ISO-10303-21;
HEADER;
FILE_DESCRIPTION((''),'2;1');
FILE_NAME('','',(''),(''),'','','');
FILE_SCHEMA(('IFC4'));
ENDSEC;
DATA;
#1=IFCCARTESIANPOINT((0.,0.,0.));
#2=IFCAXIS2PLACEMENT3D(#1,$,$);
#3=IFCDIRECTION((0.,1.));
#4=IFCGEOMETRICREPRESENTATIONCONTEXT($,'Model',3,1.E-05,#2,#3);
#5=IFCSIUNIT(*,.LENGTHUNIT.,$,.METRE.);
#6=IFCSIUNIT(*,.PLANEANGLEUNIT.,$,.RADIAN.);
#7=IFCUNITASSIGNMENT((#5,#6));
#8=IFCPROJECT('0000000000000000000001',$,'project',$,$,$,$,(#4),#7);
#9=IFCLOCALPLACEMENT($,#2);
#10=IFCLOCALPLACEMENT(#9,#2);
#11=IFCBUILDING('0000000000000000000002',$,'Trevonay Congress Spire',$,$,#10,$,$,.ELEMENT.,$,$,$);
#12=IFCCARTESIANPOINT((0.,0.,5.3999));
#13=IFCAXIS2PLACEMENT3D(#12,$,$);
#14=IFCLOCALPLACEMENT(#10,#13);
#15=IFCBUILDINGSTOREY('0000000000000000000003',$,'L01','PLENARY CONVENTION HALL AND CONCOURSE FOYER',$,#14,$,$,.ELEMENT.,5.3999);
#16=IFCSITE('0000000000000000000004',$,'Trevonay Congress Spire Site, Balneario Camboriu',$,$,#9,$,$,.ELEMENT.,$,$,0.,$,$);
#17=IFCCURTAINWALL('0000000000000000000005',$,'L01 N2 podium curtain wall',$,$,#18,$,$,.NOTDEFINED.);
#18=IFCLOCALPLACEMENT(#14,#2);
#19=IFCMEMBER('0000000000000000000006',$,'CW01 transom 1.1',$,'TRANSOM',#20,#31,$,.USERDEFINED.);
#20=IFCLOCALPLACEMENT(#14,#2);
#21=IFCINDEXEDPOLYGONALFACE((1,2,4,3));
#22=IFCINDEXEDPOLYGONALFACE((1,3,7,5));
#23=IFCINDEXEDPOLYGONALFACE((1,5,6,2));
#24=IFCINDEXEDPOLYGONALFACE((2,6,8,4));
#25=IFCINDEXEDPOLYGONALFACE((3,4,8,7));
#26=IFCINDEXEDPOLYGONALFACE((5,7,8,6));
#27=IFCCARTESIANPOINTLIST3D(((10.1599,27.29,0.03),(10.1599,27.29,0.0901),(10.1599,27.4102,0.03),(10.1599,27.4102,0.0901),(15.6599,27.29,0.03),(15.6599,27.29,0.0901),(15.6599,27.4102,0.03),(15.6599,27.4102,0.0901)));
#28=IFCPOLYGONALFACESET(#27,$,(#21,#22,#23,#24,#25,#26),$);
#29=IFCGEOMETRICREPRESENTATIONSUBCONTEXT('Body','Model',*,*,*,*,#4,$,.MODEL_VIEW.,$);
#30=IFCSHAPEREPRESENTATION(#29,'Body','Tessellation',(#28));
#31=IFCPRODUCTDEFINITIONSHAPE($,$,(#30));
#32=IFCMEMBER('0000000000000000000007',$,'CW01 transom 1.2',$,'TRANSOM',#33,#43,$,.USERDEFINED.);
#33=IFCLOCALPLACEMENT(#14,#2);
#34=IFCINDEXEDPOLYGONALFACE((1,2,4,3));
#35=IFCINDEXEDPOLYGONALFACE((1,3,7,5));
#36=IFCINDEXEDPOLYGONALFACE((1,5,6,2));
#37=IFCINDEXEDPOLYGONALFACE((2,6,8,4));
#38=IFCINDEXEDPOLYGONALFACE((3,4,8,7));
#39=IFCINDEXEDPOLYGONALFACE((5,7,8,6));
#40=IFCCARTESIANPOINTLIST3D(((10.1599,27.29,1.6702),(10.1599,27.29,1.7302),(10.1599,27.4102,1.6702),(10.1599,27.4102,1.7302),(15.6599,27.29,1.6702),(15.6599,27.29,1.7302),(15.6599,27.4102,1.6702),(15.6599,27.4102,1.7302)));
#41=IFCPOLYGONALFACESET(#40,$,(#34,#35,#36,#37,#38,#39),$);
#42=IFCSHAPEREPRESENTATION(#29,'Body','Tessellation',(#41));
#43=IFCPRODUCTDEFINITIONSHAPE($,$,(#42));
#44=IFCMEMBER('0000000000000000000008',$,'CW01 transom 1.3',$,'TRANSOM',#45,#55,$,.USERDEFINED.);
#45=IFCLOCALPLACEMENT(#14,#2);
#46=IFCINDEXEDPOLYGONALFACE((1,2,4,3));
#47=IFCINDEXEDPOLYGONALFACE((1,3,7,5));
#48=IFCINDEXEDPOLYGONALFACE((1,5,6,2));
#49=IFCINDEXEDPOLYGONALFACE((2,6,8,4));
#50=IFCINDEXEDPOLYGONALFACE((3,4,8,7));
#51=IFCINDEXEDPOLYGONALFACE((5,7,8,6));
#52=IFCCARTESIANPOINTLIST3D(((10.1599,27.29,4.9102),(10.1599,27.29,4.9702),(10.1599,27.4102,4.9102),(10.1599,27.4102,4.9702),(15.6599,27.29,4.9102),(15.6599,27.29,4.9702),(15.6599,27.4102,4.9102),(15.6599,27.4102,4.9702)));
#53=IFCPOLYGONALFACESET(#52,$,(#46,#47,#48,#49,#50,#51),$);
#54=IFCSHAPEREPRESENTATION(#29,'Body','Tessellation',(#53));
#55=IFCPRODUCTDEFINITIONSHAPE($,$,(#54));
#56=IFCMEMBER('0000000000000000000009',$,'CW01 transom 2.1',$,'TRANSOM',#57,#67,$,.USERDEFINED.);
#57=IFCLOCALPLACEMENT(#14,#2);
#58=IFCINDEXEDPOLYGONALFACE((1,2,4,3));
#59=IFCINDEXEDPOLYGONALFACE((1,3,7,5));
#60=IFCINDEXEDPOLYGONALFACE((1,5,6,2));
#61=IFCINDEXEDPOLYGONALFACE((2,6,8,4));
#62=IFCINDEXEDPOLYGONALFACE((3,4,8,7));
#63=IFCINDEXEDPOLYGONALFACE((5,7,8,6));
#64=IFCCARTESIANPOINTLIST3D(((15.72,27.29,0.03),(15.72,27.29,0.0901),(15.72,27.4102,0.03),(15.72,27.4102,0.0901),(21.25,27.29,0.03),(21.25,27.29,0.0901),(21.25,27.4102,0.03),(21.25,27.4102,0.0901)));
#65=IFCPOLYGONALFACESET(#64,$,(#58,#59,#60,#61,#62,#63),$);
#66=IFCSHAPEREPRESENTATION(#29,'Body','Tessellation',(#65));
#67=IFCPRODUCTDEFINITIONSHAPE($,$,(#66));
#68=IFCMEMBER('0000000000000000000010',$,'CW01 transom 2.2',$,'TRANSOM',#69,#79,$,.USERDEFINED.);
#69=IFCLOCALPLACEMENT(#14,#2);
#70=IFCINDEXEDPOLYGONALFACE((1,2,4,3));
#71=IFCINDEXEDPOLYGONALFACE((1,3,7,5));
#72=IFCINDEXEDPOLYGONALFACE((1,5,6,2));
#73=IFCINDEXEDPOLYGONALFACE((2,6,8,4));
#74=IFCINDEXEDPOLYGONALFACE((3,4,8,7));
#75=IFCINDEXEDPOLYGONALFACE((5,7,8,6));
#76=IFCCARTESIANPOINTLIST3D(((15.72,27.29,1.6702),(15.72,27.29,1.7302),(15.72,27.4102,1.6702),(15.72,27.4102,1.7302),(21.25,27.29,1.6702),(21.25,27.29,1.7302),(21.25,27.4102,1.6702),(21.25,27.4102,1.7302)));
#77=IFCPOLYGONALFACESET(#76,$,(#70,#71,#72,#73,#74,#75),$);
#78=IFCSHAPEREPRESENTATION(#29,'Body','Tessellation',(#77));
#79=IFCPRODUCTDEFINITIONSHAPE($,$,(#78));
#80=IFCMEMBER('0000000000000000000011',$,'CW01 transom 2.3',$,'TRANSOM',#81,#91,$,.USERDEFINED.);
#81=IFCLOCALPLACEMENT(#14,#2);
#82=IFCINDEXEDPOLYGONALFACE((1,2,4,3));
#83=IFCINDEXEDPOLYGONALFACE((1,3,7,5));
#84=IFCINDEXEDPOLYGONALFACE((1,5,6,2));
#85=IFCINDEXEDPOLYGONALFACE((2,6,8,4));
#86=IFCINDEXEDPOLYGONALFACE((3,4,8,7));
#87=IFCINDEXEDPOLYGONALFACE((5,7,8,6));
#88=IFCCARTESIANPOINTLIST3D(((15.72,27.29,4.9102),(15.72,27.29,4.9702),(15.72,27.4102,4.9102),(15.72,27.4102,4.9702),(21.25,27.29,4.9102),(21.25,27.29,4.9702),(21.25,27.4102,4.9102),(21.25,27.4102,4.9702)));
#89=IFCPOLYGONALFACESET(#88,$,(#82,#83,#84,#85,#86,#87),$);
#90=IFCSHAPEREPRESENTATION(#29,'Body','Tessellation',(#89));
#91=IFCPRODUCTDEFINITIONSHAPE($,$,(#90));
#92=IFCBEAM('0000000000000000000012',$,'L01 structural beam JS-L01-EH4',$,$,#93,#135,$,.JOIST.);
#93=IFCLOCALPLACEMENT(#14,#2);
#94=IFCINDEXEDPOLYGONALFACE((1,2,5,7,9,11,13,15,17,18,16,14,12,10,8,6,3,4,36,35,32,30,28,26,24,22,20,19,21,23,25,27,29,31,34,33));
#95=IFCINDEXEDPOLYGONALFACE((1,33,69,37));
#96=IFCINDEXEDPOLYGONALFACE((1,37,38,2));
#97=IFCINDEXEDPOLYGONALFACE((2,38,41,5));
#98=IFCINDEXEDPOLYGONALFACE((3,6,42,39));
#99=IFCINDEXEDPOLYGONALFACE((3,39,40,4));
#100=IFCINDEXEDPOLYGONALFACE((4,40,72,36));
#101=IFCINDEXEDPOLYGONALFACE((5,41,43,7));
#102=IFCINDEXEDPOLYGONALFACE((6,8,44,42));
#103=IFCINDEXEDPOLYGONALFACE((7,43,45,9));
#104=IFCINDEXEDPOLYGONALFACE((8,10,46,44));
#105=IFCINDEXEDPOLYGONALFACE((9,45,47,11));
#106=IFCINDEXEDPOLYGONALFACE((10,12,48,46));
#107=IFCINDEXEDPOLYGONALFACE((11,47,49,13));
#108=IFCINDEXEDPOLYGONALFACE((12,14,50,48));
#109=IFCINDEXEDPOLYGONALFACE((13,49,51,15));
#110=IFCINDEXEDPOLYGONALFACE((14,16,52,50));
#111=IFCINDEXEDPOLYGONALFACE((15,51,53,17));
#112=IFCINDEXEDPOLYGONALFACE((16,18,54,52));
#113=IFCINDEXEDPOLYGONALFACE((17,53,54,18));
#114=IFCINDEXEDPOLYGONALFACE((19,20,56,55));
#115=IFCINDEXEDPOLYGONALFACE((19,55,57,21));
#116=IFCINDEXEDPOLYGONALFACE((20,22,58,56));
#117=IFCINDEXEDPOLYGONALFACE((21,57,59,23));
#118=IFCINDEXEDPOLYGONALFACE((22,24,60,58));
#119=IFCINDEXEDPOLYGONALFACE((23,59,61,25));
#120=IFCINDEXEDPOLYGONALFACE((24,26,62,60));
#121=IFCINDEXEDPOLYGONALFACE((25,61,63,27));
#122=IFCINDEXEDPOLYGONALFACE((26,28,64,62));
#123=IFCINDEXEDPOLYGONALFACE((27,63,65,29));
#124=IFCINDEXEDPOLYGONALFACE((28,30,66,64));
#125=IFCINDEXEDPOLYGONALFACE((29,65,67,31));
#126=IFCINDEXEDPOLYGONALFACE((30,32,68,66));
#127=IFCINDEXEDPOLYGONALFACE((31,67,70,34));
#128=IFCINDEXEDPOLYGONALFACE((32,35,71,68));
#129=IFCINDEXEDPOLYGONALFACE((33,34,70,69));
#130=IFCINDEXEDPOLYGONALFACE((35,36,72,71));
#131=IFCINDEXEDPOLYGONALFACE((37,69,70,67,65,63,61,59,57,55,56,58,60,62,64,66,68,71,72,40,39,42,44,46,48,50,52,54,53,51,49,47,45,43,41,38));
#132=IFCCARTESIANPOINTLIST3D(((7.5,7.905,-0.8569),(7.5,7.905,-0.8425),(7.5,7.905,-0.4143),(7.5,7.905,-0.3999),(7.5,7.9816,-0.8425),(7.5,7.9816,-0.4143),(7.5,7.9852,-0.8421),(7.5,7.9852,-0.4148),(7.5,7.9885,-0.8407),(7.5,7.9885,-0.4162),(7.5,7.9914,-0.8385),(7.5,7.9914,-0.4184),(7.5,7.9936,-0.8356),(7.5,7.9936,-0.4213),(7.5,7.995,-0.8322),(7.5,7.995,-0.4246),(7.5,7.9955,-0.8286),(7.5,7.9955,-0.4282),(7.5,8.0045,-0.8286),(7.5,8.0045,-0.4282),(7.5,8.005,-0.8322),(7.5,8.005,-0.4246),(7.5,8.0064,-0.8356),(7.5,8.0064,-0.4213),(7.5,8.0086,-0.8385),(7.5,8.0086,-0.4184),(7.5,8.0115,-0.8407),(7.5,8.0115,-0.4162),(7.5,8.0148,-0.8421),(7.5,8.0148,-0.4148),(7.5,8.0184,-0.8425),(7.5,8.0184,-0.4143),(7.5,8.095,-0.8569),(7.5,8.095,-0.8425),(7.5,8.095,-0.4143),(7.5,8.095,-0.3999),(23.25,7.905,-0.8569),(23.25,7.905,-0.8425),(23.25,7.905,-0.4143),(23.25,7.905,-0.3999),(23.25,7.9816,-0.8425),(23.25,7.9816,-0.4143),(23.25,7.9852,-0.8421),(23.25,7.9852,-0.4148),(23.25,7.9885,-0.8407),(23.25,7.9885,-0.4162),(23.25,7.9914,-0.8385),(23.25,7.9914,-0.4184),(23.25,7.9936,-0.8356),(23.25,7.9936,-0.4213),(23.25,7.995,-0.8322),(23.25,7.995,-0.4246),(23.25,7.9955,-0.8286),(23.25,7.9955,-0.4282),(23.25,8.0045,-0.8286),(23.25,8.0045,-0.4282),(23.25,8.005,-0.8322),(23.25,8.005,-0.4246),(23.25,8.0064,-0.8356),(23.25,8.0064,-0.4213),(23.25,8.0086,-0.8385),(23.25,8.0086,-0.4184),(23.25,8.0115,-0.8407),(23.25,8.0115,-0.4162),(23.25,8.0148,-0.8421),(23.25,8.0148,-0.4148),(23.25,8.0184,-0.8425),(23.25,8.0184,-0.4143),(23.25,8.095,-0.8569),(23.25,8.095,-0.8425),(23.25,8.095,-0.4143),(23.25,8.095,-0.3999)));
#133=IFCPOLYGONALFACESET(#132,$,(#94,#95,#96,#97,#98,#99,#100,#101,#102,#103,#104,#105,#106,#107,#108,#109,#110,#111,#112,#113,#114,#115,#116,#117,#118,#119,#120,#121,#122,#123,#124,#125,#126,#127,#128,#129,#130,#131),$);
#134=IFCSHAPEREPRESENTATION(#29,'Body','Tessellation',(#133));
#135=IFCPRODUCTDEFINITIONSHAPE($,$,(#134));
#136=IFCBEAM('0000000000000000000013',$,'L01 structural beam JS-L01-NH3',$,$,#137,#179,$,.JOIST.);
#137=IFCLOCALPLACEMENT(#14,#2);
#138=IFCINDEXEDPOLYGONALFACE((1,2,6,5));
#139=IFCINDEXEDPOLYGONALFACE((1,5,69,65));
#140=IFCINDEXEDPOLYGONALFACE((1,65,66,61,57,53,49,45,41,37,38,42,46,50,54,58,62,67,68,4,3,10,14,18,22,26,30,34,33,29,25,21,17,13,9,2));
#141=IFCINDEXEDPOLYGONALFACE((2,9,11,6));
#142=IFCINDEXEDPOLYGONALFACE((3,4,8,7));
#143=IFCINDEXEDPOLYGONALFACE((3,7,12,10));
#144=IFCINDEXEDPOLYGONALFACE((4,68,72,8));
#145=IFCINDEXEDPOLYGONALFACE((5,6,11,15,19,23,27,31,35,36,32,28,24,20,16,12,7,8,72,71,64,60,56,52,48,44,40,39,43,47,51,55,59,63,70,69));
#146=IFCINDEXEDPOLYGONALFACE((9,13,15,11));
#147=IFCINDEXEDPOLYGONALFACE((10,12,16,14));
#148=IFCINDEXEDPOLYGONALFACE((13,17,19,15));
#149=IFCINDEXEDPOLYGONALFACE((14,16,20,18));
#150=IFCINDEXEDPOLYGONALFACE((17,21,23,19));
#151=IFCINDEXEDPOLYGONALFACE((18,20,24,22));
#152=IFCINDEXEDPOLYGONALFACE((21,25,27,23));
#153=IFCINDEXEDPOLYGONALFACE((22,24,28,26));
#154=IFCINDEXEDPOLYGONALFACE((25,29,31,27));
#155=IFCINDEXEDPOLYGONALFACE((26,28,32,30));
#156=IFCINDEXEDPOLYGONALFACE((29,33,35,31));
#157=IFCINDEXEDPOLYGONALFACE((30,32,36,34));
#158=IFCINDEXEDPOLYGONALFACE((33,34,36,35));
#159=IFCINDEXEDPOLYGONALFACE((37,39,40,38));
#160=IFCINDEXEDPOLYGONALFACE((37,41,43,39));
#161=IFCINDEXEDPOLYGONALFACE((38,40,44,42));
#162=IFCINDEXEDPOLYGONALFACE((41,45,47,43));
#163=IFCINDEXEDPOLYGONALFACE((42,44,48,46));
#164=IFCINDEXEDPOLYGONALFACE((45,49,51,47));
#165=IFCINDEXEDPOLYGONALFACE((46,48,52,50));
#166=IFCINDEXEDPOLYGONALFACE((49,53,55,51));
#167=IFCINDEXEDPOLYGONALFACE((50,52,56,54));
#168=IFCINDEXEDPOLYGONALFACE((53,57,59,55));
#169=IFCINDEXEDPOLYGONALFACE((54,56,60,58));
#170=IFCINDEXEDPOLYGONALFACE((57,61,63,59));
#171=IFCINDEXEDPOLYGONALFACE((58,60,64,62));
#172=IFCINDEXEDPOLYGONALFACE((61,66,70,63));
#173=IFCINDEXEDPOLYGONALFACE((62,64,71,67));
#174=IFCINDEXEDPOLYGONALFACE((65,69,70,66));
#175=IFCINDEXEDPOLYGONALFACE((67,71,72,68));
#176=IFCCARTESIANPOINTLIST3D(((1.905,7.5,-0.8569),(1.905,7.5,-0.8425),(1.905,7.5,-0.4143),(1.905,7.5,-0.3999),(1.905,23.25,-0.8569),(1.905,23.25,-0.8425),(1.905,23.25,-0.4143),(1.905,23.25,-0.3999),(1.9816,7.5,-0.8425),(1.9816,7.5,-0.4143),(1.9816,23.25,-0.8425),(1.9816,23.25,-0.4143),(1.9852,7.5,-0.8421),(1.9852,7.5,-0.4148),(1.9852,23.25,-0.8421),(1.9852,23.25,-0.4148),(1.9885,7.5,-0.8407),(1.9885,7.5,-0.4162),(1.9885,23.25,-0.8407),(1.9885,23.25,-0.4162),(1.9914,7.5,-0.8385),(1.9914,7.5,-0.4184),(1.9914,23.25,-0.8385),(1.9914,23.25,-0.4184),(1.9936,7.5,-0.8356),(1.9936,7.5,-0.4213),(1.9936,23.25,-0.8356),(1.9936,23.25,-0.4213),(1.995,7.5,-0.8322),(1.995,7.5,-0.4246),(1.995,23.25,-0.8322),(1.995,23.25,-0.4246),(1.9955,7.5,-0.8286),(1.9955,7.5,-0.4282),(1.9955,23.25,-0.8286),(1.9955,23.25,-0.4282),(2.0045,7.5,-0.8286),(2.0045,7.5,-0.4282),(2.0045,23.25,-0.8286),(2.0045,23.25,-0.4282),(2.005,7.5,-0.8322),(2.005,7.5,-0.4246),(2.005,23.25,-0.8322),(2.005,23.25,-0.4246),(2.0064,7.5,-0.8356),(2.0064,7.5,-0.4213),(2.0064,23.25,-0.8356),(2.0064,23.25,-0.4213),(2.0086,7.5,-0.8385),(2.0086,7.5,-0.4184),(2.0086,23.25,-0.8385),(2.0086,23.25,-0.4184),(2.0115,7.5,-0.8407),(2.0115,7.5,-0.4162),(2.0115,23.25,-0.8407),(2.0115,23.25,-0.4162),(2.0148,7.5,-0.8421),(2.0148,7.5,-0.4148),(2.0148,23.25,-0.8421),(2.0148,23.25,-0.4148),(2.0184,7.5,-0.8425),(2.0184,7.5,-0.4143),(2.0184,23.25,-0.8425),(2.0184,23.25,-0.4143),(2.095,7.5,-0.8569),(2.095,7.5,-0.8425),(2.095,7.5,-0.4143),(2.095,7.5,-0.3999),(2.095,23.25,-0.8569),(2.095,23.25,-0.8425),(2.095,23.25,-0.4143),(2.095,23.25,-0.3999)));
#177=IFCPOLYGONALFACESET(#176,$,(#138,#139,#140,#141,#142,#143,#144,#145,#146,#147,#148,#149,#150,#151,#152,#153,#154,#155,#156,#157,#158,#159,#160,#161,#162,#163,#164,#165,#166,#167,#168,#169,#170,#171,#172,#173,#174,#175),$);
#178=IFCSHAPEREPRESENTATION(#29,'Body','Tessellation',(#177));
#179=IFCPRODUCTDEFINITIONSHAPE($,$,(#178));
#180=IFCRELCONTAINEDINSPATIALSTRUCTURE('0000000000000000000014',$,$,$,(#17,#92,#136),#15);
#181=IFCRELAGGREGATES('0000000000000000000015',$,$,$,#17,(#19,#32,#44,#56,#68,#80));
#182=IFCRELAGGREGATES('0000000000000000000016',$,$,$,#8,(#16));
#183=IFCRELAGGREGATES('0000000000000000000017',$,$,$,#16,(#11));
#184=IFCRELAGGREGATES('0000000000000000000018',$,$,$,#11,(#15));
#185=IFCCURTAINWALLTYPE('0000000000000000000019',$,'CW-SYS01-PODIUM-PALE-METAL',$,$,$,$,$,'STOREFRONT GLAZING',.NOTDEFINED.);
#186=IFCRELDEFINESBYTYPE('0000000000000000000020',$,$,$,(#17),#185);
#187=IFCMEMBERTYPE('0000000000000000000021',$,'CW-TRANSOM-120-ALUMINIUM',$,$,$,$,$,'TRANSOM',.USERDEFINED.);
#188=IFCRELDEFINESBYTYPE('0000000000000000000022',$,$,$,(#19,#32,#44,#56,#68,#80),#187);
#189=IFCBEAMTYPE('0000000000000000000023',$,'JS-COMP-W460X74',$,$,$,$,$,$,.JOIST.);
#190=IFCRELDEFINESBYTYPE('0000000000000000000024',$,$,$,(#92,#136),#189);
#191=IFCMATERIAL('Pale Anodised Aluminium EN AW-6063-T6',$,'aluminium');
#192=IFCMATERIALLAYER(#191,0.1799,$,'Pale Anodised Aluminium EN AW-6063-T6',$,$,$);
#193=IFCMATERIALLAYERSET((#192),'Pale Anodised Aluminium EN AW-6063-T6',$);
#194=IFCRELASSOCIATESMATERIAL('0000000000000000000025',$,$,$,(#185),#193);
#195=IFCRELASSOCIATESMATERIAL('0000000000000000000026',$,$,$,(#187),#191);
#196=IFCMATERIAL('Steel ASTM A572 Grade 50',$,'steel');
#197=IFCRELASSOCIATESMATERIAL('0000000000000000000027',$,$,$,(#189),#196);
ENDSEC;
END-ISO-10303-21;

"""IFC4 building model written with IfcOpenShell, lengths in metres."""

from ifc_helpers import new_model, si_unit, direction, frame, origin, origin_2d, place, context, subcontext, project, spatial, rectangle, i_section, extrude, material, layer, layer_set, material_profile, profile_set, type_object, element, aggregate, save


model = new_model("IFC4")

# Units and contexts
model_context = context("Model", 3, precision=1e-05, world=origin(), true_north=direction((0.0, 1.0)))
body_context = subcontext(model_context, "Body", "Model", "MODEL_VIEW")
ifc_project = project(units=[si_unit("LENGTHUNIT", "METRE"), si_unit("PLANEANGLEUNIT", "RADIAN")], contexts=[model_context])

# Site, building, storey
site_placement = place(None, origin())
site = spatial("IfcSite", under=ifc_project, at=site_placement, Name="Trevonay Congress Spire Site, Balneario Camboriu", CompositionType="ELEMENT", RefElevation=0.0)
building_placement = place(site_placement, origin())
building = spatial("IfcBuilding", under=site, at=building_placement, Name="Trevonay Congress Spire", CompositionType="ELEMENT")
storey_placement = place(building_placement, frame((0.0, 0.0, 5.3999)))
storey = spatial("IfcBuildingStorey", under=building, at=storey_placement, Name="L01", Description="PLENARY CONVENTION HALL AND CONCOURSE FOYER", CompositionType="ELEMENT", Elevation=5.3999)

# Shared definitions
ifc_material_1 = material(Name="Steel ASTM A572 Grade 50", Category="steel")

# Shared definitions
ifc_material_2 = material(Name="Pale Anodised Aluminium EN AW-6063-T6", Category="aluminium")
ifc_layer_1 = layer(ifc_material_2, 0.1799, Name="Pale Anodised Aluminium EN AW-6063-T6")
ifc_layer_set_1 = layer_set([ifc_layer_1], Name="Pale Anodised Aluminium EN AW-6063-T6")
curtain_wall_type = type_object("IfcCurtainWallType", Name="CW-SYS01-PODIUM-PALE-METAL", ElementType="STOREFRONT GLAZING", PredefinedType="NOTDEFINED", material=ifc_layer_set_1)

# Curtain wall, members
curtain_wall_1_placement = place(storey_placement, origin())
curtain_wall_1 = element("IfcCurtainWall", 1, at=curtain_wall_1_placement, inside=storey, type_object=curtain_wall_type, Name="L01 N2 podium curtain wall", PredefinedType="NOTDEFINED")
ifc_material_profile_1 = material_profile(ifc_material_2, rectangle(XDim=0.1201, YDim=0.0601, at=origin_2d()), Name="CW-TRANSOM-120-ALUMINIUM")
ifc_profile_set_1 = profile_set([ifc_material_profile_1], Name="Pale Anodised Aluminium EN AW-6063-T6")
member_type_1 = type_object("IfcMemberType", Name="CW-TRANSOM-120-ALUMINIUM", ElementType="TRANSOM", PredefinedType="USERDEFINED", material=ifc_profile_set_1)
member_1_placement = place(storey_placement, frame((10.1599, 27.3501, 0.0601), z_axis=(1.0, 0.0, 0.0), x_axis=(0.0, 1.0, 0.0)))
member_1 = element("IfcMember", 2, at=member_1_placement, type_object=member_type_1, Name="CW01 transom 1.1", ObjectType="TRANSOM", PredefinedType="USERDEFINED", context=body_context, shape_type="SweptSolid", body=[
    extrude(rectangle(XDim=0.1201, YDim=0.0601, at=origin_2d()), origin(), (0.0, 0.0, 1.0), 5.5),
])
member_2_placement = place(storey_placement, frame((10.1599, 27.3501, 1.7002), z_axis=(1.0, 0.0, 0.0), x_axis=(0.0, 1.0, 0.0)))
member_2 = element("IfcMember", 3, at=member_2_placement, type_object=member_type_1, Name="CW01 transom 1.2", ObjectType="TRANSOM", PredefinedType="USERDEFINED", context=body_context, shape_type="SweptSolid", body=[
    extrude(rectangle(XDim=0.1201, YDim=0.0601, at=origin_2d()), origin(), (0.0, 0.0, 1.0), 5.5),
])
member_3_placement = place(storey_placement, frame((10.1599, 27.3501, 4.9402), z_axis=(1.0, 0.0, 0.0), x_axis=(0.0, 1.0, 0.0)))
member_3 = element("IfcMember", 4, at=member_3_placement, type_object=member_type_1, Name="CW01 transom 1.3", ObjectType="TRANSOM", PredefinedType="USERDEFINED", context=body_context, shape_type="SweptSolid", body=[
    extrude(rectangle(XDim=0.1201, YDim=0.0601, at=origin_2d()), origin(), (0.0, 0.0, 1.0), 5.5),
])
member_4_placement = place(storey_placement, frame((15.72, 27.3501, 0.0601), z_axis=(1.0, 0.0, 0.0), x_axis=(0.0, 1.0, 0.0)))
member_4 = element("IfcMember", 5, at=member_4_placement, type_object=member_type_1, Name="CW01 transom 2.1", ObjectType="TRANSOM", PredefinedType="USERDEFINED", context=body_context, shape_type="SweptSolid", body=[
    extrude(rectangle(XDim=0.1201, YDim=0.0601, at=origin_2d()), origin(), (0.0, 0.0, 1.0), 5.53),
])
member_5_placement = place(storey_placement, frame((15.72, 27.3501, 1.7002), z_axis=(1.0, 0.0, 0.0), x_axis=(0.0, 1.0, 0.0)))
member_5 = element("IfcMember", 6, at=member_5_placement, type_object=member_type_1, Name="CW01 transom 2.2", ObjectType="TRANSOM", PredefinedType="USERDEFINED", context=body_context, shape_type="SweptSolid", body=[
    extrude(rectangle(XDim=0.1201, YDim=0.0601, at=origin_2d()), origin(), (0.0, 0.0, 1.0), 5.53),
])
member_6_placement = place(storey_placement, frame((15.72, 27.3501, 4.9402), z_axis=(1.0, 0.0, 0.0), x_axis=(0.0, 1.0, 0.0)))
member_6 = element("IfcMember", 7, at=member_6_placement, type_object=member_type_1, Name="CW01 transom 2.3", ObjectType="TRANSOM", PredefinedType="USERDEFINED", context=body_context, shape_type="SweptSolid", body=[
    extrude(rectangle(XDim=0.1201, YDim=0.0601, at=origin_2d()), origin(), (0.0, 0.0, 1.0), 5.53),
])

# Beams
ifc_material_profile_2 = material_profile(ifc_material_1, i_section(OverallWidth=0.1899, OverallDepth=0.457, WebThickness=0.009, FlangeThickness=0.0144, FilletRadius=0.0139, at=origin_2d()), Name="W460x74")
ifc_profile_set_2 = profile_set([ifc_material_profile_2], Name="Steel ASTM A572 Grade 50")
beam_type_1 = type_object("IfcBeamType", Name="JS-COMP-W460X74", PredefinedType="JOIST", material=ifc_profile_set_2)
for number, where, z_axis, x_axis, name in (
    (8, (7.5, 8.0, -0.6284), (1.0, 0.0, 0.0), (0.0, 1.0, 0.0), "L01 structural beam JS-L01-EH4"),
    (9, (2.0, 7.5, -0.6284), (0.0, 1.0, 0.0), (-1.0, 0.0, 0.0), "L01 structural beam JS-L01-NH3"),
):
    element("IfcBeam", number, at=place(storey_placement, frame(where, z_axis=z_axis, x_axis=x_axis)), inside=storey, type_object=beam_type_1, Name=name, PredefinedType="JOIST", context=body_context, shape_type="SweptSolid", body=[
        extrude(i_section(OverallWidth=0.1899, OverallDepth=0.457, WebThickness=0.009, FlangeThickness=0.0144, FilletRadius=0.0139, at=origin_2d()), origin(), (0.0, 0.0, 1.0), 15.75),
    ])

aggregate(curtain_wall_1, [member_1, member_2, member_3, member_4, member_5, member_6])

save(model, "model.ifc")
